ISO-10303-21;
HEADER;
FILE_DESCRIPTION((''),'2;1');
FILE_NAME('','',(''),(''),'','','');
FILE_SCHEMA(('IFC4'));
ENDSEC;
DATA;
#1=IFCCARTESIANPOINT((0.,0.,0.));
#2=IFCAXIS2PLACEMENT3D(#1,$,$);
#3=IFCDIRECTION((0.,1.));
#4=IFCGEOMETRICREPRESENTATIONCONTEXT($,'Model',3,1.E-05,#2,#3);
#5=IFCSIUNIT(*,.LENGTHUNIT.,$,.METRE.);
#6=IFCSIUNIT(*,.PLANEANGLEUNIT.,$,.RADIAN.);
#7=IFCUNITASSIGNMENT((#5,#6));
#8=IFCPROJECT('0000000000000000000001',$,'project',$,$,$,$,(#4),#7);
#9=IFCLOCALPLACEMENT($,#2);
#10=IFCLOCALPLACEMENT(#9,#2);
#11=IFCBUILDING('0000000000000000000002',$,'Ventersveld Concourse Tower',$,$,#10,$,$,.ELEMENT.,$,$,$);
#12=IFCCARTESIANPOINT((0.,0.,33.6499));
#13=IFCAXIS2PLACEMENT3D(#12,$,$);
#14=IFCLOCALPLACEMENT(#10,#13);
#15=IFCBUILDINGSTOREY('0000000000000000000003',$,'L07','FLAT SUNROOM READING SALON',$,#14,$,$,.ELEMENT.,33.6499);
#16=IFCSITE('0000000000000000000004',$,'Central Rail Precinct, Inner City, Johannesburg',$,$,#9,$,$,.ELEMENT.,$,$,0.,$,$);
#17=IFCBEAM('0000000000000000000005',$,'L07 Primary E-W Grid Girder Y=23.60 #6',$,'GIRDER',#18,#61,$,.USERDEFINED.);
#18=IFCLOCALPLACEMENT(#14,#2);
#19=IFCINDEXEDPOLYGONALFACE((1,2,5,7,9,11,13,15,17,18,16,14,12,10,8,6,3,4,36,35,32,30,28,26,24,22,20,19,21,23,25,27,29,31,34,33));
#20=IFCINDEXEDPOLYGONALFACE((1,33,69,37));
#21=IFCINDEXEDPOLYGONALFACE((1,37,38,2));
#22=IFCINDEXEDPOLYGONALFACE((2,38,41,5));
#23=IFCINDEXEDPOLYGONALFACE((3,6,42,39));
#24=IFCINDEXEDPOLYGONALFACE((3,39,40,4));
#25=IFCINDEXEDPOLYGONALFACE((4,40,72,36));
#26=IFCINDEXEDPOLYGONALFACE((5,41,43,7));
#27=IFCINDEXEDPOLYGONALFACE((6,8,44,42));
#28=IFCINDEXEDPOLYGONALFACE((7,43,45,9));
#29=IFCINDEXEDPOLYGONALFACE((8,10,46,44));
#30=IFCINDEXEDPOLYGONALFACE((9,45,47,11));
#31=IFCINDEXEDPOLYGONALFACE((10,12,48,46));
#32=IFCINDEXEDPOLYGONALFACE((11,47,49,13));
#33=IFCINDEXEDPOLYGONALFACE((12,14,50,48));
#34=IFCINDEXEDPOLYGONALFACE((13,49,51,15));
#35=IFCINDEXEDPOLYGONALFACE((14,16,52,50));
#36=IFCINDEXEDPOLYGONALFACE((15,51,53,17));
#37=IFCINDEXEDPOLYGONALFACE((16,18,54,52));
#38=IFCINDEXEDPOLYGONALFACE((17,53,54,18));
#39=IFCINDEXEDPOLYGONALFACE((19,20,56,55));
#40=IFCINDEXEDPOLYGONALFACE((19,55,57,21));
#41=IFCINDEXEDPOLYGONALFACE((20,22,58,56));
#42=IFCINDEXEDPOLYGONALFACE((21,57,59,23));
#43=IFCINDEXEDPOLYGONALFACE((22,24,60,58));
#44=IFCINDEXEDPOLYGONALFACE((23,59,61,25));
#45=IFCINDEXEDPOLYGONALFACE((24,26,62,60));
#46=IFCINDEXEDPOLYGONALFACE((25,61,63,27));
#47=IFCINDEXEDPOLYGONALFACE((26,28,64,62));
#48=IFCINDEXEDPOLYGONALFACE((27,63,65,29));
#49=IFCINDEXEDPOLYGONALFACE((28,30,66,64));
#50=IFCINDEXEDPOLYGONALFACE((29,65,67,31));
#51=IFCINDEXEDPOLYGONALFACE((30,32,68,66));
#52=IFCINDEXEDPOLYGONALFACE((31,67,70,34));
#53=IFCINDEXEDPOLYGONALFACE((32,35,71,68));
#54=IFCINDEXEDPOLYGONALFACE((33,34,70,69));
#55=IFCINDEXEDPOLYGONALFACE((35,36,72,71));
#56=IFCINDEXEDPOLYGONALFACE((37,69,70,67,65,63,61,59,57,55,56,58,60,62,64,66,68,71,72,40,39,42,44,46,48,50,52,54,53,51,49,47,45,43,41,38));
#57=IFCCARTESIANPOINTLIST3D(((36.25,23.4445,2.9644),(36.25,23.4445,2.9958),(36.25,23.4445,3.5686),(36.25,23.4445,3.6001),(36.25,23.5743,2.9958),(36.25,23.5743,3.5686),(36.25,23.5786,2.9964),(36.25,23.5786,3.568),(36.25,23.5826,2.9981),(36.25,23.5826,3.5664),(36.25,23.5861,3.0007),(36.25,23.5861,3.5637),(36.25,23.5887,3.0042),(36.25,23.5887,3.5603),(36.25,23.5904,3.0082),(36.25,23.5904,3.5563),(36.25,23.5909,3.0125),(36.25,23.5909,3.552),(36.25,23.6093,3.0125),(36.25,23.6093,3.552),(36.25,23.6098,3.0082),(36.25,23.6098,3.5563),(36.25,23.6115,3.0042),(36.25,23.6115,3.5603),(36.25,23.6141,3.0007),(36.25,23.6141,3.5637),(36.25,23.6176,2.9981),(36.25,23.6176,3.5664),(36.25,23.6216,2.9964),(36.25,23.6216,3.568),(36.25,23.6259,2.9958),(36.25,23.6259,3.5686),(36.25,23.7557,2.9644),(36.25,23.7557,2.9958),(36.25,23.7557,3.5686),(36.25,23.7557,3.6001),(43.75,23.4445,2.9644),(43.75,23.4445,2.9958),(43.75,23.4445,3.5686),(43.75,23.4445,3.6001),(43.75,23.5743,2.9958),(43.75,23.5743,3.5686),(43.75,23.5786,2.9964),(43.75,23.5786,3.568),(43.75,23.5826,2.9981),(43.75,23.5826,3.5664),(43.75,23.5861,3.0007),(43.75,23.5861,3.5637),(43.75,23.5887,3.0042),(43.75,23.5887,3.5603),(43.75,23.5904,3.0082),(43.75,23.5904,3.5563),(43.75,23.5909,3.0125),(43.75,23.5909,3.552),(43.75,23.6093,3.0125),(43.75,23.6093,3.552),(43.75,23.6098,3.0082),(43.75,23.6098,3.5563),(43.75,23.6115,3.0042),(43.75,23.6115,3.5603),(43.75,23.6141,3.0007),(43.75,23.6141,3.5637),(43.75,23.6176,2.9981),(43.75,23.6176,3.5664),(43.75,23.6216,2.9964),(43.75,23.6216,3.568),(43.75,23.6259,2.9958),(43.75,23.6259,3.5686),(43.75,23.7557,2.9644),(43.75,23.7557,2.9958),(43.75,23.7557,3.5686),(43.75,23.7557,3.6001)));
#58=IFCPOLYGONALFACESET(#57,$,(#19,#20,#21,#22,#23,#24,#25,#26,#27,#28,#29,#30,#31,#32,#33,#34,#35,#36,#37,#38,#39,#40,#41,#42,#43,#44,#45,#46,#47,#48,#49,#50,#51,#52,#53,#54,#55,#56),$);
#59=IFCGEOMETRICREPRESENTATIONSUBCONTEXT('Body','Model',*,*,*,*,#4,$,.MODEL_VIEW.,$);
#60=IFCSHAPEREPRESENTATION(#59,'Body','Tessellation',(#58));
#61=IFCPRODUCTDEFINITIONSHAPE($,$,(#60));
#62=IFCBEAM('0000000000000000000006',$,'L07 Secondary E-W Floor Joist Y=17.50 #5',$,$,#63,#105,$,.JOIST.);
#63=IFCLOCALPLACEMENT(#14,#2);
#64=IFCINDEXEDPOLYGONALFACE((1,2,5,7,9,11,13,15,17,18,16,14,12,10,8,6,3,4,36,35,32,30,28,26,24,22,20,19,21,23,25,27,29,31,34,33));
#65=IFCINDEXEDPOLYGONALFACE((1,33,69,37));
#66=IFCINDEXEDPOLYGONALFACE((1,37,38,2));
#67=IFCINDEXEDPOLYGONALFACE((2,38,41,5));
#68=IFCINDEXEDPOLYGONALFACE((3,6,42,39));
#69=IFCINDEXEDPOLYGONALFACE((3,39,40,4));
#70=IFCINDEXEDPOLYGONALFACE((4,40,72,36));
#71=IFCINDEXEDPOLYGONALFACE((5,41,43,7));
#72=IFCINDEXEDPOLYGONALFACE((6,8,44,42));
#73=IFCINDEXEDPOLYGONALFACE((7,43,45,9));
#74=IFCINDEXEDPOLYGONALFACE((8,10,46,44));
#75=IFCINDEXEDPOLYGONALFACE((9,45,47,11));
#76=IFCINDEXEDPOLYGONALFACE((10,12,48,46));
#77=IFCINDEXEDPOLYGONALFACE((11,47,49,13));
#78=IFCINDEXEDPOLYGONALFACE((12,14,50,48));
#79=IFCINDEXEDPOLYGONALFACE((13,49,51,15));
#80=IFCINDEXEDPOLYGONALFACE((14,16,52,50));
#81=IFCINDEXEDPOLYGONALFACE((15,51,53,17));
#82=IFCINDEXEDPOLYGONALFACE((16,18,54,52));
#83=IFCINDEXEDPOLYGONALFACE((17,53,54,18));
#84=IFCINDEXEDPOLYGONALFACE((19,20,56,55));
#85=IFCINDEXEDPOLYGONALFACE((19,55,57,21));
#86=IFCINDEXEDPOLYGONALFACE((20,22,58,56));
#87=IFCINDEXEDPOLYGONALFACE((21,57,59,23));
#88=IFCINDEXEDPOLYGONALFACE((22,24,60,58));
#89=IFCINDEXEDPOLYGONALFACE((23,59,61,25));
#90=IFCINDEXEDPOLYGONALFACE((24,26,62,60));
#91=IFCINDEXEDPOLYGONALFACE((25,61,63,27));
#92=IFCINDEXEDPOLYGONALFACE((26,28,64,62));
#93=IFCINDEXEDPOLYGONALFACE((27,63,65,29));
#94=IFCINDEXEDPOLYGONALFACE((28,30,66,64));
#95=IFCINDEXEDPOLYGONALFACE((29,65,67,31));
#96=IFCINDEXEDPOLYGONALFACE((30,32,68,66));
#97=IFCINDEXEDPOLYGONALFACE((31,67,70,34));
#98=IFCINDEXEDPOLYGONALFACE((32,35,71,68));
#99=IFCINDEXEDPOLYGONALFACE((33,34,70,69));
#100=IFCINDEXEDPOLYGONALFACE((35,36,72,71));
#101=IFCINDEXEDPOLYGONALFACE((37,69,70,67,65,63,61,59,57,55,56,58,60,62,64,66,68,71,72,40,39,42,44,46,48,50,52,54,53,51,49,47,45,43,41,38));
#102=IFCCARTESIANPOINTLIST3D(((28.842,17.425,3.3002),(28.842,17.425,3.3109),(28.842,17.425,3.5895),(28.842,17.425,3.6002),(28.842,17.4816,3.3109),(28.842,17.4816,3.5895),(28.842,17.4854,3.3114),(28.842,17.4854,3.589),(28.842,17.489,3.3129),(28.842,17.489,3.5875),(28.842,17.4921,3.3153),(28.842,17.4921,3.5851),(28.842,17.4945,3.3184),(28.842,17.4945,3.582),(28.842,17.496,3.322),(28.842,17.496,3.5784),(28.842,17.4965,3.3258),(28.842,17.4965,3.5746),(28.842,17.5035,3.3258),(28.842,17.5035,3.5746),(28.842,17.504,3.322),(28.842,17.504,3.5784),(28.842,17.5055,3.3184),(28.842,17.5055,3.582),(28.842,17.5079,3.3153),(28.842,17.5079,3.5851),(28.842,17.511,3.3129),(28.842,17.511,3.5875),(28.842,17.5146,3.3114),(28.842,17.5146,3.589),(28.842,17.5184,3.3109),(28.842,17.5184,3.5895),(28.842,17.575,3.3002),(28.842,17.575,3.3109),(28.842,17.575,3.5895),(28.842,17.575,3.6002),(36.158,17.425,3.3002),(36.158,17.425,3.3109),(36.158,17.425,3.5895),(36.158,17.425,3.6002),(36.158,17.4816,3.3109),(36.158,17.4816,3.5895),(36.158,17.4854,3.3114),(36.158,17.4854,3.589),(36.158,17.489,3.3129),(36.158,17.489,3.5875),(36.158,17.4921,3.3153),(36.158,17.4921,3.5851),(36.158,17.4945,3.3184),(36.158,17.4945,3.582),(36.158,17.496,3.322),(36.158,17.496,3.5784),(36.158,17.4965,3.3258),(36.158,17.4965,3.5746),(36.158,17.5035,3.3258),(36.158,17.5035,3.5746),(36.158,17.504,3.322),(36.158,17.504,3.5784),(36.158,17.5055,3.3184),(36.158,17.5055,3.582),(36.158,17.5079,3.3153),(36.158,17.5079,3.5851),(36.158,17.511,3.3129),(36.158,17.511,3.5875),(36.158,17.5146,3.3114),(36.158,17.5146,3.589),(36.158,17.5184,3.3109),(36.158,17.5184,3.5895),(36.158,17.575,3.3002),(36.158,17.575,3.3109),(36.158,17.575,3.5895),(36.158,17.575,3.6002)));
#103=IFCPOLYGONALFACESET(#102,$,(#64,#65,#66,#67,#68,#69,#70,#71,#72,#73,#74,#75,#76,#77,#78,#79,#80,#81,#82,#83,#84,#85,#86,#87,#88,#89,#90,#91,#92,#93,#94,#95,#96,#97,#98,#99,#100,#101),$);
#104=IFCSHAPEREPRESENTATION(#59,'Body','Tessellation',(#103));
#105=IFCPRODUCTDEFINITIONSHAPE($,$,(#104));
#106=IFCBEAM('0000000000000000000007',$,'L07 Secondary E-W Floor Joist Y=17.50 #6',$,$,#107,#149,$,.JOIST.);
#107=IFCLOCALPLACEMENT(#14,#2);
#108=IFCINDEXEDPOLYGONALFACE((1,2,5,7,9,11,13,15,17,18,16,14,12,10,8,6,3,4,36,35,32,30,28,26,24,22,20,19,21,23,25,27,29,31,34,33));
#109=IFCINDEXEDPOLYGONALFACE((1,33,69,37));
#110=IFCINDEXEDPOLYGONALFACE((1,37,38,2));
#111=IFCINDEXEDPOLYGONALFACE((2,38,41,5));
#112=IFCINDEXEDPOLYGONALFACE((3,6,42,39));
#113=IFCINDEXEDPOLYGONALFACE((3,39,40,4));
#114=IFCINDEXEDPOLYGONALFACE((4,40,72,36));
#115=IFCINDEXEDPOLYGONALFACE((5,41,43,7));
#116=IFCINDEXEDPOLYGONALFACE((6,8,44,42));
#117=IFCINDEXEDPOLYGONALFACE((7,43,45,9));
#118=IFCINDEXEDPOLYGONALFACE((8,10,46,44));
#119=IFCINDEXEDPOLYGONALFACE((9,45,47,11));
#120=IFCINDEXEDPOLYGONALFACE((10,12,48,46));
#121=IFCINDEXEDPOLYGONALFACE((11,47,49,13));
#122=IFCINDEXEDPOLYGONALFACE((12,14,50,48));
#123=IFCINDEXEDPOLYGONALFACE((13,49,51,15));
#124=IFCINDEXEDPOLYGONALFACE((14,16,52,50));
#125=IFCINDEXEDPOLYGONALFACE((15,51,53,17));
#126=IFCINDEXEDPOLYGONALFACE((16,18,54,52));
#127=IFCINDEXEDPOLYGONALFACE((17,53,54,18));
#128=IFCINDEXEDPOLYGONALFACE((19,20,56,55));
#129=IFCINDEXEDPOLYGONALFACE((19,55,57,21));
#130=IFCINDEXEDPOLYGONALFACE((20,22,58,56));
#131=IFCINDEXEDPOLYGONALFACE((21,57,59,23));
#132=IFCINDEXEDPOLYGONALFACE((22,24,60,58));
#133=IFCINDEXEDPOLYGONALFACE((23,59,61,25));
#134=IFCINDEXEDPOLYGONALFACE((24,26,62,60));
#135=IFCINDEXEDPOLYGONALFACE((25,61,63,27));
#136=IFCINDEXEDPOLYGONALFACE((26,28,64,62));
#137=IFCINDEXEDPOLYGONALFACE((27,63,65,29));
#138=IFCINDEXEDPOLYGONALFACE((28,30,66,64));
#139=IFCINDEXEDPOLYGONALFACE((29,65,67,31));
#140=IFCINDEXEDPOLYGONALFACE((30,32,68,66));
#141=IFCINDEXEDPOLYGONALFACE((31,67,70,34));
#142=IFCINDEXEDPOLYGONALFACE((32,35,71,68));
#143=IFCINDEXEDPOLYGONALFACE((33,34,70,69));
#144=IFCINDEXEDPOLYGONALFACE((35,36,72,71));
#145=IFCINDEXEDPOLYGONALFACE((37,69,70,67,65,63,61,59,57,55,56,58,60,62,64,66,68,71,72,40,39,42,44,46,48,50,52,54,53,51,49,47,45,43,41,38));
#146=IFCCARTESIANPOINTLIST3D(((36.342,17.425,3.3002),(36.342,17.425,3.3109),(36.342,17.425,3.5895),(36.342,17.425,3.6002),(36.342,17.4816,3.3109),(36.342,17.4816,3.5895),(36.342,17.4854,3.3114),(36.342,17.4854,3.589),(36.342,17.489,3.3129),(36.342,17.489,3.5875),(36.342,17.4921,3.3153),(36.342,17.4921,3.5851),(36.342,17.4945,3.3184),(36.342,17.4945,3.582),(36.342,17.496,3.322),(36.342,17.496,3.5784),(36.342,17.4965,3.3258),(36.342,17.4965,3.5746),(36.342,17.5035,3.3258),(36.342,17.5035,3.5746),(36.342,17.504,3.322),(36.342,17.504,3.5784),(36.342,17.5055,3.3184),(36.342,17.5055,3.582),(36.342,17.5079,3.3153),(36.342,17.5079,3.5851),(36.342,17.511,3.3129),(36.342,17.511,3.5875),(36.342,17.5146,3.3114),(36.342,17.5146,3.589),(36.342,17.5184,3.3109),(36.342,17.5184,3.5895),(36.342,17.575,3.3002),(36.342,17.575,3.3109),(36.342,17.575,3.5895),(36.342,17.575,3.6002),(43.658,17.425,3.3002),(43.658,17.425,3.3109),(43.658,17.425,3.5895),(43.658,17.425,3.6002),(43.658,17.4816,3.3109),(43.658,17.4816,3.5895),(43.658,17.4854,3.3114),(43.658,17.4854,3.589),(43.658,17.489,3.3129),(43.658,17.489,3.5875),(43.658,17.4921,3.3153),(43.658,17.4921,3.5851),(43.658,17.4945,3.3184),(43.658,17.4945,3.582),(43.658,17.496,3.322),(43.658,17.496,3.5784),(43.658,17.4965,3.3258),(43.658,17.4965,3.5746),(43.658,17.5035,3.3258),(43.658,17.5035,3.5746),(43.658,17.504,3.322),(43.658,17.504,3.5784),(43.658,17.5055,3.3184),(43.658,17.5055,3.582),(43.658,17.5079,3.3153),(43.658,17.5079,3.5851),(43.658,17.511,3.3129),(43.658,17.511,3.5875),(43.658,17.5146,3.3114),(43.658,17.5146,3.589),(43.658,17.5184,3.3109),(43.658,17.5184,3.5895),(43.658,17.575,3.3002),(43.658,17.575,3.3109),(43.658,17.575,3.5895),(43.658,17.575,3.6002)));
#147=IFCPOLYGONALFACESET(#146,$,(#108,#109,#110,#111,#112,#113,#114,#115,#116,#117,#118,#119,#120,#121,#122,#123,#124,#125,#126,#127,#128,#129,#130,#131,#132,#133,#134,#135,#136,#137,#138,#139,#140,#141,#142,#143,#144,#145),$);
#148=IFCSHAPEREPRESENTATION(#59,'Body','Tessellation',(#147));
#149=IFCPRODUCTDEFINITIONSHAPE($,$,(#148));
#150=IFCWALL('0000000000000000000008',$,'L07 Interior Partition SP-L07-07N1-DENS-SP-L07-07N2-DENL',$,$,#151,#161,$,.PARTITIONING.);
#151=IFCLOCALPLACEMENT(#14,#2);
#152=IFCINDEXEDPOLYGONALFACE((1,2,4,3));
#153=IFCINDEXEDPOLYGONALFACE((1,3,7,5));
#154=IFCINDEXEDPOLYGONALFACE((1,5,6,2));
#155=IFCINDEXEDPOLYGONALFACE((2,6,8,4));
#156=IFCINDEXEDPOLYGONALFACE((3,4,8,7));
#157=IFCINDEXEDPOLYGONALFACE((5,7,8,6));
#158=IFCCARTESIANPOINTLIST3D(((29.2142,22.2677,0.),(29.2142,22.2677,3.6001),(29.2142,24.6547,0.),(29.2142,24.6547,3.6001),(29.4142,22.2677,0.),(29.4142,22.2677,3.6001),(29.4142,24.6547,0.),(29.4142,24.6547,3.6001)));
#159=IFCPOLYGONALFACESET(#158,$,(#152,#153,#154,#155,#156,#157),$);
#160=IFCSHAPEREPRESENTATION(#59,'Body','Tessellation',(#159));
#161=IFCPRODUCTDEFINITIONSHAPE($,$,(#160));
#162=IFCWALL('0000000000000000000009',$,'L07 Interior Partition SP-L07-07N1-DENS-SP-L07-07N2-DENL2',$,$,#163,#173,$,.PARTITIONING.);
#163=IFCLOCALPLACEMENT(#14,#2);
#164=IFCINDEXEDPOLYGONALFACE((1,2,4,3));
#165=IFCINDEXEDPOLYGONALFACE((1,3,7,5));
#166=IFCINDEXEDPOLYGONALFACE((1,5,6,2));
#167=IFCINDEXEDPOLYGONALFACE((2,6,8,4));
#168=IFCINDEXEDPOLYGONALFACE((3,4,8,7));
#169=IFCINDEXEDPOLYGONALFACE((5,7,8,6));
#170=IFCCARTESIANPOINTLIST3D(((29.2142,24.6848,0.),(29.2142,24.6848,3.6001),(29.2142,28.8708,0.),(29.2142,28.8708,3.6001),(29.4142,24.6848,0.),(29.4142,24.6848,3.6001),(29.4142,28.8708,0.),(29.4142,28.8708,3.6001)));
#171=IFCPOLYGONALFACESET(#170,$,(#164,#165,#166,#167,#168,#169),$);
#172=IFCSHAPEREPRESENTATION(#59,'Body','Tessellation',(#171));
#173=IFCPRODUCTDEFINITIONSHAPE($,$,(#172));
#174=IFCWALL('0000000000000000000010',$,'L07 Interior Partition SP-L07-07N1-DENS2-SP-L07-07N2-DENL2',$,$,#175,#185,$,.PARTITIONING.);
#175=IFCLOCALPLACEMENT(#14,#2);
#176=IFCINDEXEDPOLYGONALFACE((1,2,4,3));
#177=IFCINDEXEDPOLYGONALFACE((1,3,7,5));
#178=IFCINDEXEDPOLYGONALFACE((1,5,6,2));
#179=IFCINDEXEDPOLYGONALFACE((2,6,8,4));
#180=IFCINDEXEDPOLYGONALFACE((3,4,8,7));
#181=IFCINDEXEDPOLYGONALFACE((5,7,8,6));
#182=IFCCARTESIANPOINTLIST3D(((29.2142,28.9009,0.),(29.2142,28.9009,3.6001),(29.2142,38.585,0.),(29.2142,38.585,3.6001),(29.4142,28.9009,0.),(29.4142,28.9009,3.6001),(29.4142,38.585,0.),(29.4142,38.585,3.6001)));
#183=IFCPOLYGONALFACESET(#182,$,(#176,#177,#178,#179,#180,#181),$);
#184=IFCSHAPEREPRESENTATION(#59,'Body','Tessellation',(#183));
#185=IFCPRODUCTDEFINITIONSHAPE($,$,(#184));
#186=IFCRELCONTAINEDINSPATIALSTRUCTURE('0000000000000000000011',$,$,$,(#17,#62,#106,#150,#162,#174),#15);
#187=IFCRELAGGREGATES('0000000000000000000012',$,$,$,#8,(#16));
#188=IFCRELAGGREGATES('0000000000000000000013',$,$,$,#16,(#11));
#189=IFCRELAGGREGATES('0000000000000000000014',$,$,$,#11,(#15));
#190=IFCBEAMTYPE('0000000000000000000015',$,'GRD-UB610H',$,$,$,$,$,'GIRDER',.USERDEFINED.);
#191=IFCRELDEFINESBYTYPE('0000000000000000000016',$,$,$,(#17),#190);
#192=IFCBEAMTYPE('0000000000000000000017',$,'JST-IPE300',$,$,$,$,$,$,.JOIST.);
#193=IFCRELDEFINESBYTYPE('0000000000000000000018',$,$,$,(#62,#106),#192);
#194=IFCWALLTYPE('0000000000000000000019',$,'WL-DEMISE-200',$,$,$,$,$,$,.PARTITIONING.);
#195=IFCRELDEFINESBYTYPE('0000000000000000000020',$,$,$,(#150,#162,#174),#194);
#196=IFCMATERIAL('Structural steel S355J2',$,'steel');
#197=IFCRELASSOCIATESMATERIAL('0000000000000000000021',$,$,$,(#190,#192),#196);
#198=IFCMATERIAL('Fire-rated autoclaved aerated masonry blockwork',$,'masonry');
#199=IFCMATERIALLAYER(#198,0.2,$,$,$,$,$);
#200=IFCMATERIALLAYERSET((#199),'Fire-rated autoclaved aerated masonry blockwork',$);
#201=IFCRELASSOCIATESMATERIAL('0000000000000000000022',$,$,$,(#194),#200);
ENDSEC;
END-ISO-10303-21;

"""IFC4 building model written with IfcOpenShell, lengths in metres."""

from ifc_helpers import new_model, si_unit, direction, frame, frame_2d, origin, origin_2d, place, context, subcontext, project, spatial, rectangle, i_section, extrude, material, layer, layer_set, material_profile, profile_set, type_object, element, save


model = new_model("IFC4")

# Units and contexts
model_context = context("Model", 3, precision=1e-05, world=origin(), true_north=direction((0.0, 1.0)))
body_context = subcontext(model_context, "Body", "Model", "MODEL_VIEW")
ifc_project = project(units=[si_unit("LENGTHUNIT", "METRE"), si_unit("PLANEANGLEUNIT", "RADIAN")], contexts=[model_context])

# Site, building, storey
site_placement = place(None, origin())
site = spatial("IfcSite", under=ifc_project, at=site_placement, Name="Central Rail Precinct, Inner City, Johannesburg", CompositionType="ELEMENT", RefElevation=0.0)
building_placement = place(site_placement, origin())
building = spatial("IfcBuilding", under=site, at=building_placement, Name="Ventersveld Concourse Tower", CompositionType="ELEMENT")
storey_placement = place(building_placement, frame((0.0, 0.0, 33.6499)))
storey = spatial("IfcBuildingStorey", under=building, at=storey_placement, Name="L07", Description="FLAT SUNROOM READING SALON", CompositionType="ELEMENT", Elevation=33.6499)

# Beams
ifc_material_1 = material(Name="Structural steel S355J2", Category="steel")
ifc_material_profile_1 = material_profile(ifc_material_1, i_section(OverallWidth=0.3113, OverallDepth=0.6357, WebThickness=0.0183, FlangeThickness=0.0315, FilletRadius=0.0166, at=origin_2d()), Name="UB 610x305x238")
ifc_profile_set_1 = profile_set([ifc_material_profile_1], Name="Structural steel S355J2")
beam_type_1 = type_object("IfcBeamType", Name="GRD-UB610H", ElementType="GIRDER", PredefinedType="USERDEFINED", material=ifc_profile_set_1)
for number, where, z_axis, x_axis, name in (
    (1, (36.25, 23.6001, 3.2822), (1.0, 0.0, 0.0), (0.0, 1.0, 0.0), "L07 Primary E-W Grid Girder Y=23.60 #6"),
):
    element("IfcBeam", number, at=place(storey_placement, frame(where, z_axis=z_axis, x_axis=x_axis)), inside=storey, type_object=beam_type_1, Name=name, ObjectType="GIRDER", PredefinedType="USERDEFINED", context=body_context, shape_type="SweptSolid", body=[
        extrude(i_section(OverallWidth=0.3113, OverallDepth=0.6357, WebThickness=0.0183, FlangeThickness=0.0315, FilletRadius=0.0166, at=origin_2d()), origin(), (0.0, 0.0, 1.0), 7.5),
    ])
ifc_material_profile_2 = material_profile(ifc_material_1, i_section(OverallWidth=0.1499, OverallDepth=0.3, WebThickness=0.0071, FlangeThickness=0.0107, FilletRadius=0.0149, at=origin_2d()), Name="IPE 300")
ifc_profile_set_2 = profile_set([ifc_material_profile_2], Name="Structural steel S355J2")
beam_type_2 = type_object("IfcBeamType", Name="JST-IPE300", PredefinedType="JOIST", material=ifc_profile_set_2)
for number, where, z_axis, x_axis, name in (
    (2, (28.842, 17.5, 3.4502), (1.0, 0.0, 0.0), (0.0, 1.0, 0.0), "L07 Secondary E-W Floor Joist Y=17.50 #5"),
    (3, (36.342, 17.5, 3.4502), (1.0, 0.0, 0.0), (0.0, 1.0, 0.0), "L07 Secondary E-W Floor Joist Y=17.50 #6"),
):
    element("IfcBeam", number, at=place(storey_placement, frame(where, z_axis=z_axis, x_axis=x_axis)), inside=storey, type_object=beam_type_2, Name=name, PredefinedType="JOIST", context=body_context, shape_type="SweptSolid", body=[
        extrude(i_section(OverallWidth=0.1499, OverallDepth=0.3, WebThickness=0.0071, FlangeThickness=0.0107, FilletRadius=0.0149, at=origin_2d()), origin(), (0.0, 0.0, 1.0), 7.3159),
    ])

# Walls
ifc_material_2 = material(Name="Fire-rated autoclaved aerated masonry blockwork", Category="masonry")
ifc_layer_1 = layer(ifc_material_2, 0.2)
ifc_layer_set_1 = layer_set([ifc_layer_1], Name="Fire-rated autoclaved aerated masonry blockwork")
wall_type_1 = type_object("IfcWallType", Name="WL-DEMISE-200", PredefinedType="PARTITIONING", material=ifc_layer_set_1)
wall_1_placement = place(storey_placement, frame((29.3142, 22.2678, 0.0), z_axis=(0.0, 0.0, 1.0), x_axis=(0.0, 1.0, 0.0)))
element("IfcWall", 4, at=wall_1_placement, inside=storey, type_object=wall_type_1, Name="L07 Interior Partition SP-L07-07N1-DENS-SP-L07-07N2-DENL", PredefinedType="PARTITIONING", context=body_context, shape_type="SweptSolid", body=[
    extrude(rectangle(XDim=2.387, YDim=0.2, at=frame_2d((1.1934, 0.0))), origin(), (0.0, 0.0, 1.0), 3.6001),
])
wall_2_placement = place(storey_placement, frame((29.3142, 24.6848, 0.0), z_axis=(0.0, 0.0, 1.0), x_axis=(0.0, 1.0, 0.0)))
element("IfcWall", 5, at=wall_2_placement, inside=storey, type_object=wall_type_1, Name="L07 Interior Partition SP-L07-07N1-DENS-SP-L07-07N2-DENL2", PredefinedType="PARTITIONING", context=body_context, shape_type="SweptSolid", body=[
    extrude(rectangle(XDim=4.186, YDim=0.2, at=frame_2d((2.093, 0.0))), origin(), (0.0, 0.0, 1.0), 3.6001),
])
wall_3_placement = place(storey_placement, frame((29.3142, 28.9009, 0.0), z_axis=(0.0, 0.0, 1.0), x_axis=(0.0, 1.0, 0.0)))
element("IfcWall", 6, at=wall_3_placement, inside=storey, type_object=wall_type_1, Name="L07 Interior Partition SP-L07-07N1-DENS2-SP-L07-07N2-DENL2", PredefinedType="PARTITIONING", context=body_context, shape_type="SweptSolid", body=[
    extrude(rectangle(XDim=9.6841, YDim=0.2, at=frame_2d((4.842, 0.0))), origin(), (0.0, 0.0, 1.0), 3.6001),
])

save(model, "model.ifc")
